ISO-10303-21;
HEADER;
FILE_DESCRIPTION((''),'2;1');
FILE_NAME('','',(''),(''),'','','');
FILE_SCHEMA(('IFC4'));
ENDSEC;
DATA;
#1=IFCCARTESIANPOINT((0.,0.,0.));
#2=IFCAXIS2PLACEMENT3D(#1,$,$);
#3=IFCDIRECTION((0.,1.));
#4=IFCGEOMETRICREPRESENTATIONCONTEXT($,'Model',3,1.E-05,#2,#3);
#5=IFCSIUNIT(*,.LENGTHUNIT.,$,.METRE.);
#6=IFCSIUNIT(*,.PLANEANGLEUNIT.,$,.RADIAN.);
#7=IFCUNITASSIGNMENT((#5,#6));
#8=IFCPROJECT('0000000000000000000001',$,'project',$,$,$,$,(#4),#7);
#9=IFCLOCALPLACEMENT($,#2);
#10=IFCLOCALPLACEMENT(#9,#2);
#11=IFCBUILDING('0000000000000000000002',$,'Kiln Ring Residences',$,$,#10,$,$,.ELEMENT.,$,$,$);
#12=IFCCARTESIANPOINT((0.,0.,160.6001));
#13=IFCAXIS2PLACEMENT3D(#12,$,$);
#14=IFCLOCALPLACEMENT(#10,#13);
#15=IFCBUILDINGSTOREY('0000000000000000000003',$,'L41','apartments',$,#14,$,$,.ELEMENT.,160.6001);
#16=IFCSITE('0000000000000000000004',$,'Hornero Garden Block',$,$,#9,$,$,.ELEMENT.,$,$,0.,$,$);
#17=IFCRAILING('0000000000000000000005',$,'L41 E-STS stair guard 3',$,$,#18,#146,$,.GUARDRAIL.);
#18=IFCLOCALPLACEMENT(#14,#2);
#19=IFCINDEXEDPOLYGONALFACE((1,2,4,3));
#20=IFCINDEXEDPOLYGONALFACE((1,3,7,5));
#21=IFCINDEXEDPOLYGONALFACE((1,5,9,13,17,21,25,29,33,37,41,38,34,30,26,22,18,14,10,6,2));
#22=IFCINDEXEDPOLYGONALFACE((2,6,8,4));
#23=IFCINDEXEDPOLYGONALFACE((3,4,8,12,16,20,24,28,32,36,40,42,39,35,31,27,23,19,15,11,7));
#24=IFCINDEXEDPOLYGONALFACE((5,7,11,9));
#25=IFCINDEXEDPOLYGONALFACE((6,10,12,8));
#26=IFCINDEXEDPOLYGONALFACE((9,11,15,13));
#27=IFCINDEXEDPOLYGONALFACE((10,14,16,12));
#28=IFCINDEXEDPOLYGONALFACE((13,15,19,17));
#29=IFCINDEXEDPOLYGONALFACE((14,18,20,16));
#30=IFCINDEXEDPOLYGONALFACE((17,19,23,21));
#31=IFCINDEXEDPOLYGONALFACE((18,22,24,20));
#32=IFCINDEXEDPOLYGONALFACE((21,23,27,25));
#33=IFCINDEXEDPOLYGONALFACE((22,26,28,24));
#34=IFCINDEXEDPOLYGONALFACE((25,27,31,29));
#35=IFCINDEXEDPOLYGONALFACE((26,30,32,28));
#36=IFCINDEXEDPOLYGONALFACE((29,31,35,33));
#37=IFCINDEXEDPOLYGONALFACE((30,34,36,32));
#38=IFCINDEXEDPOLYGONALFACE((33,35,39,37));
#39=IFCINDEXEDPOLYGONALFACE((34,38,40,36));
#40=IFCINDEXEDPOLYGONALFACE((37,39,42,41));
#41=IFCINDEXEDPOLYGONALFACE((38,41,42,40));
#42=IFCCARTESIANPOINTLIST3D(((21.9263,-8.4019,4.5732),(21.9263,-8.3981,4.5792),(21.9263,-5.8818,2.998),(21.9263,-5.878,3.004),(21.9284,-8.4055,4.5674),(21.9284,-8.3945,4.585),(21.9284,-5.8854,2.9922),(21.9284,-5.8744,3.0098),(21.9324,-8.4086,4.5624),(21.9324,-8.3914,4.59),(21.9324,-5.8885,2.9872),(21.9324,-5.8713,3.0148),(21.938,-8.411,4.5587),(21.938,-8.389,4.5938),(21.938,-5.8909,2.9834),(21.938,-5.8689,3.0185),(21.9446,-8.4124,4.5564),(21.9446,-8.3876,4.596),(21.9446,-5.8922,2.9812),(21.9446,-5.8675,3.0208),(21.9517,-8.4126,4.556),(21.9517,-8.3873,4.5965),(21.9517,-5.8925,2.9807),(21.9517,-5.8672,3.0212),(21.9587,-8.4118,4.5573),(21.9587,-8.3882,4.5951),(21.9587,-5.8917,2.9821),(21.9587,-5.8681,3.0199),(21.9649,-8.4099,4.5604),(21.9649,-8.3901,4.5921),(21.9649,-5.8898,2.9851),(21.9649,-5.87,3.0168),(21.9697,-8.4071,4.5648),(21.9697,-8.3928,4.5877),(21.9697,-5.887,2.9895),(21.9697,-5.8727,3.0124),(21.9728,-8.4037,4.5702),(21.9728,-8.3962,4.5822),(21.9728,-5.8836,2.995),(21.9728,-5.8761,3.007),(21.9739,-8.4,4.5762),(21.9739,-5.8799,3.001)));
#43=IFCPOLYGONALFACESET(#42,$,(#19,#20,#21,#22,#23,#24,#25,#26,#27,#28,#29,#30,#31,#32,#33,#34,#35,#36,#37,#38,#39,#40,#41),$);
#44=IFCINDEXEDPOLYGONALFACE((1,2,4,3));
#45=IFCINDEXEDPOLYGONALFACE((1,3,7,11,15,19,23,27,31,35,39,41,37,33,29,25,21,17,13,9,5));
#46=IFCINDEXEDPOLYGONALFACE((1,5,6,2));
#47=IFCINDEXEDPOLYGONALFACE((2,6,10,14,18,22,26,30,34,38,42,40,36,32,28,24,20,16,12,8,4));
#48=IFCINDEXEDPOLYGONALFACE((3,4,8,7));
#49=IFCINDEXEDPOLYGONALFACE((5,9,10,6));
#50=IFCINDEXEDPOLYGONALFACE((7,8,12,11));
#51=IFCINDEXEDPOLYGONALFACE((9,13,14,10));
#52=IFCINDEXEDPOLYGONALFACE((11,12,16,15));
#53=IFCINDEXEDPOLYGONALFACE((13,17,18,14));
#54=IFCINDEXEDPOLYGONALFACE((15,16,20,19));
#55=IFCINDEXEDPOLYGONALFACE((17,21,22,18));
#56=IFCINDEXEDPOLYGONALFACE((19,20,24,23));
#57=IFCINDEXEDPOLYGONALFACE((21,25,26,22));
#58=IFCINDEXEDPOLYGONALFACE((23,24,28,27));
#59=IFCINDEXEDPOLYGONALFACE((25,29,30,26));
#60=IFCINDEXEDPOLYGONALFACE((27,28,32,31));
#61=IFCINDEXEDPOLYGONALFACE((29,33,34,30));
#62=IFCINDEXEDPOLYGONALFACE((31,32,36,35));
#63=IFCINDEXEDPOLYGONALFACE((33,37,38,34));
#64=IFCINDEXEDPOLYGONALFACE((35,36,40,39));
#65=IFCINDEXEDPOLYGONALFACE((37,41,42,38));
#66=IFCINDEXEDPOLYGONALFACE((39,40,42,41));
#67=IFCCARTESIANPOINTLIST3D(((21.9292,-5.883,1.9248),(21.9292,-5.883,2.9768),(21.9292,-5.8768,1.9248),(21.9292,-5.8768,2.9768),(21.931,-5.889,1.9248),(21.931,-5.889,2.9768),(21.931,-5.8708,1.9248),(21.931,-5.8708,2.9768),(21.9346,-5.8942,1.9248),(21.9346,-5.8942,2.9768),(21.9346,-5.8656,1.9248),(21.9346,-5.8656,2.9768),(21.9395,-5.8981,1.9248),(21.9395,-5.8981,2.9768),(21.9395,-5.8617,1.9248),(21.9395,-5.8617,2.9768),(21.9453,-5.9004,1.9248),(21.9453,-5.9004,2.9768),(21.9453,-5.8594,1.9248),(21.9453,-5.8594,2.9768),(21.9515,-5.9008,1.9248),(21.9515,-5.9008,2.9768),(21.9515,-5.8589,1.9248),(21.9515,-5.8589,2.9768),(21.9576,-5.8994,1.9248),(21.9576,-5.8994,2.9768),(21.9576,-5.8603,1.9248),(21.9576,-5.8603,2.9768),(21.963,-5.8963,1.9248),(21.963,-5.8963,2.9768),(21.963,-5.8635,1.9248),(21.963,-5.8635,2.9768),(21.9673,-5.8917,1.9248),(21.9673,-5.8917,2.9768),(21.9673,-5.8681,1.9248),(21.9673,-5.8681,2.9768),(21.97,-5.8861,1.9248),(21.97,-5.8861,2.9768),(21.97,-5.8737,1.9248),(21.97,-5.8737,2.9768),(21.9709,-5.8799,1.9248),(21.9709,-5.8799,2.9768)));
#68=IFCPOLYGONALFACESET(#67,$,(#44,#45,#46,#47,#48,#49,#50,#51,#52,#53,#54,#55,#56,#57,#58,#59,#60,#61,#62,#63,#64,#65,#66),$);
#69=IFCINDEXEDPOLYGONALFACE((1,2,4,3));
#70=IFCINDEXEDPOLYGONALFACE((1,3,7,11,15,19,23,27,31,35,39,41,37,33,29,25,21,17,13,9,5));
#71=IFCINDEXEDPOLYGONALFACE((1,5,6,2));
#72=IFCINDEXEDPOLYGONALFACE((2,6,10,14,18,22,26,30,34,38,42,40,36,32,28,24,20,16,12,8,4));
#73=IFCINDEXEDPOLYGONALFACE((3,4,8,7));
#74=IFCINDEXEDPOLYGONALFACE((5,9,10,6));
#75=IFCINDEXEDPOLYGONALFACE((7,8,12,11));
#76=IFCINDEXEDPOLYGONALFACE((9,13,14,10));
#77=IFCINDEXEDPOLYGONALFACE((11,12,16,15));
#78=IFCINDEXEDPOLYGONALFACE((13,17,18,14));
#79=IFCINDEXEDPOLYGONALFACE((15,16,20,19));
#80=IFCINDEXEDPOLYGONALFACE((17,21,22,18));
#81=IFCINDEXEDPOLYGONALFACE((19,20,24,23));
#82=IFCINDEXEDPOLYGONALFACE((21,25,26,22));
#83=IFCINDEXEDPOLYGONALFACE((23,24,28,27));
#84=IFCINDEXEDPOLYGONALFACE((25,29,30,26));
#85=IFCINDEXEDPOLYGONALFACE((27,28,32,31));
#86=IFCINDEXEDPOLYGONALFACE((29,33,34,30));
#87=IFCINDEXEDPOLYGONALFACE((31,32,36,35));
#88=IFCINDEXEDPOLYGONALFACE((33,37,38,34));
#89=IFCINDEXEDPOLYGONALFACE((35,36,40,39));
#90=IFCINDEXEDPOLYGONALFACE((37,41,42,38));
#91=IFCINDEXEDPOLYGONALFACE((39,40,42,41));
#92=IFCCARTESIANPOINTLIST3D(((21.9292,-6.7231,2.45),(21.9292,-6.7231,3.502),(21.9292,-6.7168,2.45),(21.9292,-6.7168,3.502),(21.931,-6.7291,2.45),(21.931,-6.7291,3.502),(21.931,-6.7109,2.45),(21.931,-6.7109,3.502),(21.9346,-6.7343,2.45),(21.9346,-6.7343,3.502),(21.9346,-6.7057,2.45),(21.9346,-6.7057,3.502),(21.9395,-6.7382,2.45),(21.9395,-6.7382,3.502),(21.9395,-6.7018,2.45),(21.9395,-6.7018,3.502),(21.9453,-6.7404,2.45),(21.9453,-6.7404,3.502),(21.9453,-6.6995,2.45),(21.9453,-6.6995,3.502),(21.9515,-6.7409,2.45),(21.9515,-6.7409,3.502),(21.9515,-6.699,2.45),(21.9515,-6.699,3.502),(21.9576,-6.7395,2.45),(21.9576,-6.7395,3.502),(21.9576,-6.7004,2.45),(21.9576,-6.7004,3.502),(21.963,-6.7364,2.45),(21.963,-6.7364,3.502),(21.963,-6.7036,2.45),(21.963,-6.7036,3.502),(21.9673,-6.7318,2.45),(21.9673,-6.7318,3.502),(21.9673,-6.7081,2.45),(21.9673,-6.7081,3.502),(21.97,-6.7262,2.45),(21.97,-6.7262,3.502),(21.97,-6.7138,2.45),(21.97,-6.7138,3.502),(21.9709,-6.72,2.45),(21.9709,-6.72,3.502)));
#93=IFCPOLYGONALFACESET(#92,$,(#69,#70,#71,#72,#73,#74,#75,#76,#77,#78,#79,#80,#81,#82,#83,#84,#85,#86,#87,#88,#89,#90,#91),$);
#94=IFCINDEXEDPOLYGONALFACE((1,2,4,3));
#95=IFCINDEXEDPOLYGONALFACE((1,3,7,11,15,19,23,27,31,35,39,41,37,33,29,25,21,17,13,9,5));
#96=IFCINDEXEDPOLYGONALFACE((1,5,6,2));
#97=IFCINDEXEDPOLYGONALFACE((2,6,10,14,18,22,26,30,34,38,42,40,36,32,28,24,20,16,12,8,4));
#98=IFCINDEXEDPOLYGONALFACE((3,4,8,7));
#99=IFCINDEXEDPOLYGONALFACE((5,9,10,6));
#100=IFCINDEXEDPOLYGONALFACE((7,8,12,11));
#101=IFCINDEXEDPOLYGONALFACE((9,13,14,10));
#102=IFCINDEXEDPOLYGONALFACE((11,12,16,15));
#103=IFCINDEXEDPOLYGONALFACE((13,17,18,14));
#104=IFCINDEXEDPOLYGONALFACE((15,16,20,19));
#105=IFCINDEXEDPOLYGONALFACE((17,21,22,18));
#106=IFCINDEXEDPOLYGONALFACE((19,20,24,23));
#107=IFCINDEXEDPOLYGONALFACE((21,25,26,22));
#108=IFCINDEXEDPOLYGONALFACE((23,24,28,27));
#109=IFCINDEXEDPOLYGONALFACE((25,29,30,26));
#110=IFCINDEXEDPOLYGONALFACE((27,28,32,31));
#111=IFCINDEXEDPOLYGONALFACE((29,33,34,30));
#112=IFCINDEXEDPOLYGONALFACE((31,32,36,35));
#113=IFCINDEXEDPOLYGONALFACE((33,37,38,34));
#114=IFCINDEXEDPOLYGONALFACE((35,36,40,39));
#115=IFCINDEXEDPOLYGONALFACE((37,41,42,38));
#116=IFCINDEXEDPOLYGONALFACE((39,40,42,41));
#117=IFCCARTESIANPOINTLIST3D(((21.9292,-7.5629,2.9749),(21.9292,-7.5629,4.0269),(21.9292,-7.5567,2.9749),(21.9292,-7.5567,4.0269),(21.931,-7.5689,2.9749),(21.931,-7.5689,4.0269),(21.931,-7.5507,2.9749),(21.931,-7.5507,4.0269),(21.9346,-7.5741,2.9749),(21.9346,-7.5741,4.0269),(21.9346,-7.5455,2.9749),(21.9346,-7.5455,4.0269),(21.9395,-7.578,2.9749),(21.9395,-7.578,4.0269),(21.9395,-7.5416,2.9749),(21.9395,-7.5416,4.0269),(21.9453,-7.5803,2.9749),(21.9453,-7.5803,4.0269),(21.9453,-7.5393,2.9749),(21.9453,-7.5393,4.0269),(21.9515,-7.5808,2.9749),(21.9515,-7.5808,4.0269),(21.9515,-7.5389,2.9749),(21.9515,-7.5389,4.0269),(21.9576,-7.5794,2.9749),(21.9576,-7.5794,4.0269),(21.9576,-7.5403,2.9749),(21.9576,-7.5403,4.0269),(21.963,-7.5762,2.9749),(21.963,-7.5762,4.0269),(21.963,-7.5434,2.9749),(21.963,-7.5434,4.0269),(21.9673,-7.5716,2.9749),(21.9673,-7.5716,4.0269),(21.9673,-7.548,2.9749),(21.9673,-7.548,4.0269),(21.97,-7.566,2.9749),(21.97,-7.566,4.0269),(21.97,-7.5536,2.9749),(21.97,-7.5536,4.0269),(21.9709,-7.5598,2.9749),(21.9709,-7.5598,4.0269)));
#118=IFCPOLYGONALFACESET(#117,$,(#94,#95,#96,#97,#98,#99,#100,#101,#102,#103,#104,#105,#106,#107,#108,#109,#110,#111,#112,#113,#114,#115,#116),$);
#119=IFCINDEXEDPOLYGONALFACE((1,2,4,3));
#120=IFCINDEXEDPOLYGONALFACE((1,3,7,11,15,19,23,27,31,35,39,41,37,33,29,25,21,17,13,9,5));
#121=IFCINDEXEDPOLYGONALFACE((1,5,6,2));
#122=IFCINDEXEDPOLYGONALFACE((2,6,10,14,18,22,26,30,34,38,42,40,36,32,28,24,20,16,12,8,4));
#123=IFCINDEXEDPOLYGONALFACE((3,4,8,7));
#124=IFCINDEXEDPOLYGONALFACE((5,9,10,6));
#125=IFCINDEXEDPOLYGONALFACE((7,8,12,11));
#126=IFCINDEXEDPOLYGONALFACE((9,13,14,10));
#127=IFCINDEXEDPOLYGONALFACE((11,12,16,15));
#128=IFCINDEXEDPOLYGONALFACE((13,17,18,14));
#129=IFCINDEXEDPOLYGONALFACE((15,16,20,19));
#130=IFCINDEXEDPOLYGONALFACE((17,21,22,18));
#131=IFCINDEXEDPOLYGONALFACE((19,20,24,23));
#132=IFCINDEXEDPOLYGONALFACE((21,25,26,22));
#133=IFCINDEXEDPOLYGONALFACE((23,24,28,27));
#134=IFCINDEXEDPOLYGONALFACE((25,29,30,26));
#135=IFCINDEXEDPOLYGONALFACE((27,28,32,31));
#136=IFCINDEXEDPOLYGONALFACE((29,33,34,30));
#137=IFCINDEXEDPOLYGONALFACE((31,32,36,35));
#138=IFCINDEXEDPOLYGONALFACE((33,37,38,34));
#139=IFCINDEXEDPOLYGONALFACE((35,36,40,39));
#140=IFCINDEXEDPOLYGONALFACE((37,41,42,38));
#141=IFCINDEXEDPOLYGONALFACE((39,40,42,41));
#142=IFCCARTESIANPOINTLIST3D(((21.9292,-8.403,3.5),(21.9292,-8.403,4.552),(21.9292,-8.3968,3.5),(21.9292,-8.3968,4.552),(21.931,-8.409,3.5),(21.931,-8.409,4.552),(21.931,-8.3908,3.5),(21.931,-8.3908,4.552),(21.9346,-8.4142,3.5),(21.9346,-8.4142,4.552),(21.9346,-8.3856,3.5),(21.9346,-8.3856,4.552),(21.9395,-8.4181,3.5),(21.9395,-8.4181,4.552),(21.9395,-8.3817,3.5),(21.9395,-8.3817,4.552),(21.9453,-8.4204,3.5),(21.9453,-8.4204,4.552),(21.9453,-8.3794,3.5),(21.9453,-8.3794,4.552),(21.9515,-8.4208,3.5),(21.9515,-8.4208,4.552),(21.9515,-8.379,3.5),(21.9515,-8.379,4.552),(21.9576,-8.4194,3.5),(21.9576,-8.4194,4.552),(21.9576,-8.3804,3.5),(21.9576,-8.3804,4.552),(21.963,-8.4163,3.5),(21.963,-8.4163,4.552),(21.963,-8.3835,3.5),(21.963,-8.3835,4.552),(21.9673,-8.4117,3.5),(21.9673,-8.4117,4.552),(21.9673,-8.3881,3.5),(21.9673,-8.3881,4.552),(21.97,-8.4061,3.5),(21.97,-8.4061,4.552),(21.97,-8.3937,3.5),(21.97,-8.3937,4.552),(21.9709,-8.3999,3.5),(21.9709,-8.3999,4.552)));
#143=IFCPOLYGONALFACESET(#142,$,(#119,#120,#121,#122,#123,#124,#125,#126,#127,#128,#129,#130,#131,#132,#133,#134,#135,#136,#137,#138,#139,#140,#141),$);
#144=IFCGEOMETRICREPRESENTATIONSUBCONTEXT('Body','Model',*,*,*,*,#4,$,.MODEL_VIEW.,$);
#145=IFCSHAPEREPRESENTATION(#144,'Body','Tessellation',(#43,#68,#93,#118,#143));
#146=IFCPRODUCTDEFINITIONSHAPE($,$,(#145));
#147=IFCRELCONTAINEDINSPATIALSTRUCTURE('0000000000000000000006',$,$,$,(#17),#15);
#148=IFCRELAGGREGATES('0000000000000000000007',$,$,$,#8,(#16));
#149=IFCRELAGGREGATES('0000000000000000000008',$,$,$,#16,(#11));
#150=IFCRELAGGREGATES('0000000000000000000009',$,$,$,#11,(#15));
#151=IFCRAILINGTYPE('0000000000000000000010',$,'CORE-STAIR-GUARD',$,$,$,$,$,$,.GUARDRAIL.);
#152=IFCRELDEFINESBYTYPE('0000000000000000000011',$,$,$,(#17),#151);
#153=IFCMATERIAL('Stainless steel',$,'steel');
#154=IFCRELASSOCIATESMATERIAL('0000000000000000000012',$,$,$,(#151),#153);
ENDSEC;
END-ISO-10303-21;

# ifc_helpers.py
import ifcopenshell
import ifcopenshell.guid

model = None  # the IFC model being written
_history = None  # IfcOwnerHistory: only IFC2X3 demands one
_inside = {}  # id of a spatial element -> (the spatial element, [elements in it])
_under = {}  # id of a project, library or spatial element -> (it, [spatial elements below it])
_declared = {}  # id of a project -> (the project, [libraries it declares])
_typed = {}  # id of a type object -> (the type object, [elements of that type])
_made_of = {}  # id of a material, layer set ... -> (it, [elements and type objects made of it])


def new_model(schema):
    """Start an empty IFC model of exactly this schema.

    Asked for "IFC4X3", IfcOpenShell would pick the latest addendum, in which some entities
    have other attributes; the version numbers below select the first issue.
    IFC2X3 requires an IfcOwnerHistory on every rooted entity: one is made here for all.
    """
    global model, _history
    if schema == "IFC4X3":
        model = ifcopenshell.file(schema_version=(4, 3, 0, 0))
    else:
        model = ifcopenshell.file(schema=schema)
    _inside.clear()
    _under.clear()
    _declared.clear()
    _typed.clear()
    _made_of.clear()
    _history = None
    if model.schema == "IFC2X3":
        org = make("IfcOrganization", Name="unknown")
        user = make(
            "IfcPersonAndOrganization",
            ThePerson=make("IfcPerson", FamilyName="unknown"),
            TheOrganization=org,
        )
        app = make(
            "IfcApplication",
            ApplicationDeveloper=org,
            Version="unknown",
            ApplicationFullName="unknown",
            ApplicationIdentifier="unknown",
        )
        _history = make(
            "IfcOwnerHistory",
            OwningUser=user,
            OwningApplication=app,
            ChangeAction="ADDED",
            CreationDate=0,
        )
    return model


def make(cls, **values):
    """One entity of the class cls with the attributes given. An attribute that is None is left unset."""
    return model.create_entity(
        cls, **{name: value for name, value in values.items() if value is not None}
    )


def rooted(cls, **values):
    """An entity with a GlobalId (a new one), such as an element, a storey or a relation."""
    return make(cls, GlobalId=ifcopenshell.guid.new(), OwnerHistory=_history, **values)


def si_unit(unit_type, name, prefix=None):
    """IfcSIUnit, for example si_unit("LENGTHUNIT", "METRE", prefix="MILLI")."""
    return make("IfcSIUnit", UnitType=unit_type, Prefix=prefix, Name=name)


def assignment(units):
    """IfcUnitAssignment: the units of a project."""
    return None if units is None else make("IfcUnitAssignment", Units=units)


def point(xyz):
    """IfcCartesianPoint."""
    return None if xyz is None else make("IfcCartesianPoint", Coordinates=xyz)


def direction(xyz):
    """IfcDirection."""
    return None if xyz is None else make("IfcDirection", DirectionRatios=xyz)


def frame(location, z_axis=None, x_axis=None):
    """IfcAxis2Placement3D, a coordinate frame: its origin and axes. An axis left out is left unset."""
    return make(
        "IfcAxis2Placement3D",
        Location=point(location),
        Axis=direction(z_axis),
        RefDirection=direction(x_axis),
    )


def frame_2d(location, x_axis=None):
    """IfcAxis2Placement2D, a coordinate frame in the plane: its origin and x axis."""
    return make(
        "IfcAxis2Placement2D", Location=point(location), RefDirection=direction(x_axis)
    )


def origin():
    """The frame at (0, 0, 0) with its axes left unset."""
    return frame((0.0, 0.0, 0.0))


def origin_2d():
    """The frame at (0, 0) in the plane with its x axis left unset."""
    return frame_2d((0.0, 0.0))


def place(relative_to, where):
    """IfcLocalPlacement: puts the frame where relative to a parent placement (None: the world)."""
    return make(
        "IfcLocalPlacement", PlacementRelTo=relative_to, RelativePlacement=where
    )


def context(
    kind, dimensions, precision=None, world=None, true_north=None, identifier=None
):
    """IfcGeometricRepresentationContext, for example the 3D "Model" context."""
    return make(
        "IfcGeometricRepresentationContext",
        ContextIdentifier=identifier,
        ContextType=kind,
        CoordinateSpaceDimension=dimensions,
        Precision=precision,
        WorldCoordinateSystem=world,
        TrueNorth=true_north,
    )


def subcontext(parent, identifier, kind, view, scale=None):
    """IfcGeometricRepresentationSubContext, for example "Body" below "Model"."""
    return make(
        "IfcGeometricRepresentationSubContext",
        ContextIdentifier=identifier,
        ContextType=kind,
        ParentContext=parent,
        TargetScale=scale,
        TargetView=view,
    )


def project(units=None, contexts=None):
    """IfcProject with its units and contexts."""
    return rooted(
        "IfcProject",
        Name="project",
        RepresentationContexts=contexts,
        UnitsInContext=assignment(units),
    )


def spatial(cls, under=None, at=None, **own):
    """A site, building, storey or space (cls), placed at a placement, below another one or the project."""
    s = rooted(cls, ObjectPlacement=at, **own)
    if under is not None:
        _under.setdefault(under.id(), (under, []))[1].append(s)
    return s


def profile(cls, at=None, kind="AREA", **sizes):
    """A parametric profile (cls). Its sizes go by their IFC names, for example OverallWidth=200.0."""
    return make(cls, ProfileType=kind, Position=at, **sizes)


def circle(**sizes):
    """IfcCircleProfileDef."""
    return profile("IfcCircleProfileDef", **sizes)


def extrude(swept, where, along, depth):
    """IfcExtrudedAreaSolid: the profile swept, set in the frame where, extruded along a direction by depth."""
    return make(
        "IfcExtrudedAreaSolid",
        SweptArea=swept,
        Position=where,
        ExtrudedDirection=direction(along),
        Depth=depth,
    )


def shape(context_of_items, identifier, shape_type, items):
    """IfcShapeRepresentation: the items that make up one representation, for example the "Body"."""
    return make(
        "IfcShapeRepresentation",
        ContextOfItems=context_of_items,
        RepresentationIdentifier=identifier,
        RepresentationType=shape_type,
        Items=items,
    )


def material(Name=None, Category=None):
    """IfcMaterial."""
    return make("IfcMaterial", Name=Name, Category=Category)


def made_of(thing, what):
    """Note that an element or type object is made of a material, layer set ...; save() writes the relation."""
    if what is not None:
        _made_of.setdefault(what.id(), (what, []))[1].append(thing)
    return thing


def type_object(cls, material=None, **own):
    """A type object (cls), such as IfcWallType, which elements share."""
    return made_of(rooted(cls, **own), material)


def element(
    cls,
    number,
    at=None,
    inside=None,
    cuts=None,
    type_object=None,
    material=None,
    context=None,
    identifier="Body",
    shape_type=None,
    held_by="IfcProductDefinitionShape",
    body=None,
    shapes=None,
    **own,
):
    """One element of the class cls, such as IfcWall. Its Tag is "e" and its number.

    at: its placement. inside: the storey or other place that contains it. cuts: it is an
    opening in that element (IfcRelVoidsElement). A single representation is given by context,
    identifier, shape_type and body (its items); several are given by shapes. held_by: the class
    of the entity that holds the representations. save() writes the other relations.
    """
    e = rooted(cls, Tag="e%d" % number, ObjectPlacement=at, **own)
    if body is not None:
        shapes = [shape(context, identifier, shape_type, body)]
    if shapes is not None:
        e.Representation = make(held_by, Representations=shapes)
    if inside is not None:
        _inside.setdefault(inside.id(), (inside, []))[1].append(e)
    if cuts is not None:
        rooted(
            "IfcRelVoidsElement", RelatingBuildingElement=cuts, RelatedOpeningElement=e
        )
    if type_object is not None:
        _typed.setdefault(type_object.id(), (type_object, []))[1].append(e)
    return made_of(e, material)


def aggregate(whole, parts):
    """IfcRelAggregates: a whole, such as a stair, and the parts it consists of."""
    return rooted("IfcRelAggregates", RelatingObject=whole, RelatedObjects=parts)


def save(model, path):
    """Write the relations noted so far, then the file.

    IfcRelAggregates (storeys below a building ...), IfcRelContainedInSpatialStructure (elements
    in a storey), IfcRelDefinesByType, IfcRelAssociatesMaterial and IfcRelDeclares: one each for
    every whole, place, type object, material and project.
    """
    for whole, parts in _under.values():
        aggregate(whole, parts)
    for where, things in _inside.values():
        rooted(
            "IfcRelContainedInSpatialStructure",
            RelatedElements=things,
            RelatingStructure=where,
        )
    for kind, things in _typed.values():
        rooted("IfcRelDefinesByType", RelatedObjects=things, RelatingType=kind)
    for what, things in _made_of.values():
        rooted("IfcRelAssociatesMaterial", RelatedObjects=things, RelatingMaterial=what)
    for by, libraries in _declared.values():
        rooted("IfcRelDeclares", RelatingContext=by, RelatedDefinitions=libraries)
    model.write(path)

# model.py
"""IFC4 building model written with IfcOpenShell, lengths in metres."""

from ifc_helpers import new_model, si_unit, direction, frame, origin, origin_2d, place, context, subcontext, project, spatial, circle, extrude, material, type_object, element, save


model = new_model("IFC4")

# Units and contexts
model_context = context("Model", 3, precision=1e-05, world=origin(), true_north=direction((0.0, 1.0)))
body_context = subcontext(model_context, "Body", "Model", "MODEL_VIEW")
ifc_project = project(units=[si_unit("LENGTHUNIT", "METRE"), si_unit("PLANEANGLEUNIT", "RADIAN")], contexts=[model_context])

# Site, building, storey
site_placement = place(None, origin())
site = spatial("IfcSite", under=ifc_project, at=site_placement, Name="Hornero Garden Block", CompositionType="ELEMENT", RefElevation=0.0)
building_placement = place(site_placement, origin())
building = spatial("IfcBuilding", under=site, at=building_placement, Name="Kiln Ring Residences", CompositionType="ELEMENT")
storey_placement = place(building_placement, frame((0.0, 0.0, 160.6001)))
storey = spatial("IfcBuildingStorey", under=building, at=storey_placement, Name="L41", Description="apartments", CompositionType="ELEMENT", Elevation=160.6001)

# Railing
ifc_material_1 = material(Name="Stainless steel", Category="steel")
railing_type_1 = type_object("IfcRailingType", Name="CORE-STAIR-GUARD", PredefinedType="GUARDRAIL", material=ifc_material_1)
railing_1_placement = place(storey_placement, frame((21.95, -5.8799, 1.9248)))
element("IfcRailing", 1, at=railing_1_placement, inside=storey, type_object=railing_type_1, Name="L41 E-STS stair guard 3", PredefinedType="GUARDRAIL", context=body_context, shape_type="SweptSolid", body=[
    extrude(circle(Radius=0.0239, at=origin_2d()), frame((0.0, 0.0, 1.0762), z_axis=(0.0, -0.847971, 0.530043), x_axis=(1.0, 0.0, 0.0)), (0.0, 0.0, 1.0), 2.9719),
    extrude(circle(Radius=0.021, at=origin_2d()), origin(), (0.0, 0.0, 1.0), 1.052),
    extrude(circle(Radius=0.021, at=origin_2d()), frame((0.0, -0.8401, 0.5251)), (0.0, 0.0, 1.0), 1.052),
    extrude(circle(Radius=0.021, at=origin_2d()), frame((0.0, -1.6799, 1.05)), (0.0, 0.0, 1.0), 1.052),
    extrude(circle(Radius=0.021, at=origin_2d()), frame((0.0, -2.52, 1.5752)), (0.0, 0.0, 1.0), 1.052),
])

save(model, "model.ifc")
